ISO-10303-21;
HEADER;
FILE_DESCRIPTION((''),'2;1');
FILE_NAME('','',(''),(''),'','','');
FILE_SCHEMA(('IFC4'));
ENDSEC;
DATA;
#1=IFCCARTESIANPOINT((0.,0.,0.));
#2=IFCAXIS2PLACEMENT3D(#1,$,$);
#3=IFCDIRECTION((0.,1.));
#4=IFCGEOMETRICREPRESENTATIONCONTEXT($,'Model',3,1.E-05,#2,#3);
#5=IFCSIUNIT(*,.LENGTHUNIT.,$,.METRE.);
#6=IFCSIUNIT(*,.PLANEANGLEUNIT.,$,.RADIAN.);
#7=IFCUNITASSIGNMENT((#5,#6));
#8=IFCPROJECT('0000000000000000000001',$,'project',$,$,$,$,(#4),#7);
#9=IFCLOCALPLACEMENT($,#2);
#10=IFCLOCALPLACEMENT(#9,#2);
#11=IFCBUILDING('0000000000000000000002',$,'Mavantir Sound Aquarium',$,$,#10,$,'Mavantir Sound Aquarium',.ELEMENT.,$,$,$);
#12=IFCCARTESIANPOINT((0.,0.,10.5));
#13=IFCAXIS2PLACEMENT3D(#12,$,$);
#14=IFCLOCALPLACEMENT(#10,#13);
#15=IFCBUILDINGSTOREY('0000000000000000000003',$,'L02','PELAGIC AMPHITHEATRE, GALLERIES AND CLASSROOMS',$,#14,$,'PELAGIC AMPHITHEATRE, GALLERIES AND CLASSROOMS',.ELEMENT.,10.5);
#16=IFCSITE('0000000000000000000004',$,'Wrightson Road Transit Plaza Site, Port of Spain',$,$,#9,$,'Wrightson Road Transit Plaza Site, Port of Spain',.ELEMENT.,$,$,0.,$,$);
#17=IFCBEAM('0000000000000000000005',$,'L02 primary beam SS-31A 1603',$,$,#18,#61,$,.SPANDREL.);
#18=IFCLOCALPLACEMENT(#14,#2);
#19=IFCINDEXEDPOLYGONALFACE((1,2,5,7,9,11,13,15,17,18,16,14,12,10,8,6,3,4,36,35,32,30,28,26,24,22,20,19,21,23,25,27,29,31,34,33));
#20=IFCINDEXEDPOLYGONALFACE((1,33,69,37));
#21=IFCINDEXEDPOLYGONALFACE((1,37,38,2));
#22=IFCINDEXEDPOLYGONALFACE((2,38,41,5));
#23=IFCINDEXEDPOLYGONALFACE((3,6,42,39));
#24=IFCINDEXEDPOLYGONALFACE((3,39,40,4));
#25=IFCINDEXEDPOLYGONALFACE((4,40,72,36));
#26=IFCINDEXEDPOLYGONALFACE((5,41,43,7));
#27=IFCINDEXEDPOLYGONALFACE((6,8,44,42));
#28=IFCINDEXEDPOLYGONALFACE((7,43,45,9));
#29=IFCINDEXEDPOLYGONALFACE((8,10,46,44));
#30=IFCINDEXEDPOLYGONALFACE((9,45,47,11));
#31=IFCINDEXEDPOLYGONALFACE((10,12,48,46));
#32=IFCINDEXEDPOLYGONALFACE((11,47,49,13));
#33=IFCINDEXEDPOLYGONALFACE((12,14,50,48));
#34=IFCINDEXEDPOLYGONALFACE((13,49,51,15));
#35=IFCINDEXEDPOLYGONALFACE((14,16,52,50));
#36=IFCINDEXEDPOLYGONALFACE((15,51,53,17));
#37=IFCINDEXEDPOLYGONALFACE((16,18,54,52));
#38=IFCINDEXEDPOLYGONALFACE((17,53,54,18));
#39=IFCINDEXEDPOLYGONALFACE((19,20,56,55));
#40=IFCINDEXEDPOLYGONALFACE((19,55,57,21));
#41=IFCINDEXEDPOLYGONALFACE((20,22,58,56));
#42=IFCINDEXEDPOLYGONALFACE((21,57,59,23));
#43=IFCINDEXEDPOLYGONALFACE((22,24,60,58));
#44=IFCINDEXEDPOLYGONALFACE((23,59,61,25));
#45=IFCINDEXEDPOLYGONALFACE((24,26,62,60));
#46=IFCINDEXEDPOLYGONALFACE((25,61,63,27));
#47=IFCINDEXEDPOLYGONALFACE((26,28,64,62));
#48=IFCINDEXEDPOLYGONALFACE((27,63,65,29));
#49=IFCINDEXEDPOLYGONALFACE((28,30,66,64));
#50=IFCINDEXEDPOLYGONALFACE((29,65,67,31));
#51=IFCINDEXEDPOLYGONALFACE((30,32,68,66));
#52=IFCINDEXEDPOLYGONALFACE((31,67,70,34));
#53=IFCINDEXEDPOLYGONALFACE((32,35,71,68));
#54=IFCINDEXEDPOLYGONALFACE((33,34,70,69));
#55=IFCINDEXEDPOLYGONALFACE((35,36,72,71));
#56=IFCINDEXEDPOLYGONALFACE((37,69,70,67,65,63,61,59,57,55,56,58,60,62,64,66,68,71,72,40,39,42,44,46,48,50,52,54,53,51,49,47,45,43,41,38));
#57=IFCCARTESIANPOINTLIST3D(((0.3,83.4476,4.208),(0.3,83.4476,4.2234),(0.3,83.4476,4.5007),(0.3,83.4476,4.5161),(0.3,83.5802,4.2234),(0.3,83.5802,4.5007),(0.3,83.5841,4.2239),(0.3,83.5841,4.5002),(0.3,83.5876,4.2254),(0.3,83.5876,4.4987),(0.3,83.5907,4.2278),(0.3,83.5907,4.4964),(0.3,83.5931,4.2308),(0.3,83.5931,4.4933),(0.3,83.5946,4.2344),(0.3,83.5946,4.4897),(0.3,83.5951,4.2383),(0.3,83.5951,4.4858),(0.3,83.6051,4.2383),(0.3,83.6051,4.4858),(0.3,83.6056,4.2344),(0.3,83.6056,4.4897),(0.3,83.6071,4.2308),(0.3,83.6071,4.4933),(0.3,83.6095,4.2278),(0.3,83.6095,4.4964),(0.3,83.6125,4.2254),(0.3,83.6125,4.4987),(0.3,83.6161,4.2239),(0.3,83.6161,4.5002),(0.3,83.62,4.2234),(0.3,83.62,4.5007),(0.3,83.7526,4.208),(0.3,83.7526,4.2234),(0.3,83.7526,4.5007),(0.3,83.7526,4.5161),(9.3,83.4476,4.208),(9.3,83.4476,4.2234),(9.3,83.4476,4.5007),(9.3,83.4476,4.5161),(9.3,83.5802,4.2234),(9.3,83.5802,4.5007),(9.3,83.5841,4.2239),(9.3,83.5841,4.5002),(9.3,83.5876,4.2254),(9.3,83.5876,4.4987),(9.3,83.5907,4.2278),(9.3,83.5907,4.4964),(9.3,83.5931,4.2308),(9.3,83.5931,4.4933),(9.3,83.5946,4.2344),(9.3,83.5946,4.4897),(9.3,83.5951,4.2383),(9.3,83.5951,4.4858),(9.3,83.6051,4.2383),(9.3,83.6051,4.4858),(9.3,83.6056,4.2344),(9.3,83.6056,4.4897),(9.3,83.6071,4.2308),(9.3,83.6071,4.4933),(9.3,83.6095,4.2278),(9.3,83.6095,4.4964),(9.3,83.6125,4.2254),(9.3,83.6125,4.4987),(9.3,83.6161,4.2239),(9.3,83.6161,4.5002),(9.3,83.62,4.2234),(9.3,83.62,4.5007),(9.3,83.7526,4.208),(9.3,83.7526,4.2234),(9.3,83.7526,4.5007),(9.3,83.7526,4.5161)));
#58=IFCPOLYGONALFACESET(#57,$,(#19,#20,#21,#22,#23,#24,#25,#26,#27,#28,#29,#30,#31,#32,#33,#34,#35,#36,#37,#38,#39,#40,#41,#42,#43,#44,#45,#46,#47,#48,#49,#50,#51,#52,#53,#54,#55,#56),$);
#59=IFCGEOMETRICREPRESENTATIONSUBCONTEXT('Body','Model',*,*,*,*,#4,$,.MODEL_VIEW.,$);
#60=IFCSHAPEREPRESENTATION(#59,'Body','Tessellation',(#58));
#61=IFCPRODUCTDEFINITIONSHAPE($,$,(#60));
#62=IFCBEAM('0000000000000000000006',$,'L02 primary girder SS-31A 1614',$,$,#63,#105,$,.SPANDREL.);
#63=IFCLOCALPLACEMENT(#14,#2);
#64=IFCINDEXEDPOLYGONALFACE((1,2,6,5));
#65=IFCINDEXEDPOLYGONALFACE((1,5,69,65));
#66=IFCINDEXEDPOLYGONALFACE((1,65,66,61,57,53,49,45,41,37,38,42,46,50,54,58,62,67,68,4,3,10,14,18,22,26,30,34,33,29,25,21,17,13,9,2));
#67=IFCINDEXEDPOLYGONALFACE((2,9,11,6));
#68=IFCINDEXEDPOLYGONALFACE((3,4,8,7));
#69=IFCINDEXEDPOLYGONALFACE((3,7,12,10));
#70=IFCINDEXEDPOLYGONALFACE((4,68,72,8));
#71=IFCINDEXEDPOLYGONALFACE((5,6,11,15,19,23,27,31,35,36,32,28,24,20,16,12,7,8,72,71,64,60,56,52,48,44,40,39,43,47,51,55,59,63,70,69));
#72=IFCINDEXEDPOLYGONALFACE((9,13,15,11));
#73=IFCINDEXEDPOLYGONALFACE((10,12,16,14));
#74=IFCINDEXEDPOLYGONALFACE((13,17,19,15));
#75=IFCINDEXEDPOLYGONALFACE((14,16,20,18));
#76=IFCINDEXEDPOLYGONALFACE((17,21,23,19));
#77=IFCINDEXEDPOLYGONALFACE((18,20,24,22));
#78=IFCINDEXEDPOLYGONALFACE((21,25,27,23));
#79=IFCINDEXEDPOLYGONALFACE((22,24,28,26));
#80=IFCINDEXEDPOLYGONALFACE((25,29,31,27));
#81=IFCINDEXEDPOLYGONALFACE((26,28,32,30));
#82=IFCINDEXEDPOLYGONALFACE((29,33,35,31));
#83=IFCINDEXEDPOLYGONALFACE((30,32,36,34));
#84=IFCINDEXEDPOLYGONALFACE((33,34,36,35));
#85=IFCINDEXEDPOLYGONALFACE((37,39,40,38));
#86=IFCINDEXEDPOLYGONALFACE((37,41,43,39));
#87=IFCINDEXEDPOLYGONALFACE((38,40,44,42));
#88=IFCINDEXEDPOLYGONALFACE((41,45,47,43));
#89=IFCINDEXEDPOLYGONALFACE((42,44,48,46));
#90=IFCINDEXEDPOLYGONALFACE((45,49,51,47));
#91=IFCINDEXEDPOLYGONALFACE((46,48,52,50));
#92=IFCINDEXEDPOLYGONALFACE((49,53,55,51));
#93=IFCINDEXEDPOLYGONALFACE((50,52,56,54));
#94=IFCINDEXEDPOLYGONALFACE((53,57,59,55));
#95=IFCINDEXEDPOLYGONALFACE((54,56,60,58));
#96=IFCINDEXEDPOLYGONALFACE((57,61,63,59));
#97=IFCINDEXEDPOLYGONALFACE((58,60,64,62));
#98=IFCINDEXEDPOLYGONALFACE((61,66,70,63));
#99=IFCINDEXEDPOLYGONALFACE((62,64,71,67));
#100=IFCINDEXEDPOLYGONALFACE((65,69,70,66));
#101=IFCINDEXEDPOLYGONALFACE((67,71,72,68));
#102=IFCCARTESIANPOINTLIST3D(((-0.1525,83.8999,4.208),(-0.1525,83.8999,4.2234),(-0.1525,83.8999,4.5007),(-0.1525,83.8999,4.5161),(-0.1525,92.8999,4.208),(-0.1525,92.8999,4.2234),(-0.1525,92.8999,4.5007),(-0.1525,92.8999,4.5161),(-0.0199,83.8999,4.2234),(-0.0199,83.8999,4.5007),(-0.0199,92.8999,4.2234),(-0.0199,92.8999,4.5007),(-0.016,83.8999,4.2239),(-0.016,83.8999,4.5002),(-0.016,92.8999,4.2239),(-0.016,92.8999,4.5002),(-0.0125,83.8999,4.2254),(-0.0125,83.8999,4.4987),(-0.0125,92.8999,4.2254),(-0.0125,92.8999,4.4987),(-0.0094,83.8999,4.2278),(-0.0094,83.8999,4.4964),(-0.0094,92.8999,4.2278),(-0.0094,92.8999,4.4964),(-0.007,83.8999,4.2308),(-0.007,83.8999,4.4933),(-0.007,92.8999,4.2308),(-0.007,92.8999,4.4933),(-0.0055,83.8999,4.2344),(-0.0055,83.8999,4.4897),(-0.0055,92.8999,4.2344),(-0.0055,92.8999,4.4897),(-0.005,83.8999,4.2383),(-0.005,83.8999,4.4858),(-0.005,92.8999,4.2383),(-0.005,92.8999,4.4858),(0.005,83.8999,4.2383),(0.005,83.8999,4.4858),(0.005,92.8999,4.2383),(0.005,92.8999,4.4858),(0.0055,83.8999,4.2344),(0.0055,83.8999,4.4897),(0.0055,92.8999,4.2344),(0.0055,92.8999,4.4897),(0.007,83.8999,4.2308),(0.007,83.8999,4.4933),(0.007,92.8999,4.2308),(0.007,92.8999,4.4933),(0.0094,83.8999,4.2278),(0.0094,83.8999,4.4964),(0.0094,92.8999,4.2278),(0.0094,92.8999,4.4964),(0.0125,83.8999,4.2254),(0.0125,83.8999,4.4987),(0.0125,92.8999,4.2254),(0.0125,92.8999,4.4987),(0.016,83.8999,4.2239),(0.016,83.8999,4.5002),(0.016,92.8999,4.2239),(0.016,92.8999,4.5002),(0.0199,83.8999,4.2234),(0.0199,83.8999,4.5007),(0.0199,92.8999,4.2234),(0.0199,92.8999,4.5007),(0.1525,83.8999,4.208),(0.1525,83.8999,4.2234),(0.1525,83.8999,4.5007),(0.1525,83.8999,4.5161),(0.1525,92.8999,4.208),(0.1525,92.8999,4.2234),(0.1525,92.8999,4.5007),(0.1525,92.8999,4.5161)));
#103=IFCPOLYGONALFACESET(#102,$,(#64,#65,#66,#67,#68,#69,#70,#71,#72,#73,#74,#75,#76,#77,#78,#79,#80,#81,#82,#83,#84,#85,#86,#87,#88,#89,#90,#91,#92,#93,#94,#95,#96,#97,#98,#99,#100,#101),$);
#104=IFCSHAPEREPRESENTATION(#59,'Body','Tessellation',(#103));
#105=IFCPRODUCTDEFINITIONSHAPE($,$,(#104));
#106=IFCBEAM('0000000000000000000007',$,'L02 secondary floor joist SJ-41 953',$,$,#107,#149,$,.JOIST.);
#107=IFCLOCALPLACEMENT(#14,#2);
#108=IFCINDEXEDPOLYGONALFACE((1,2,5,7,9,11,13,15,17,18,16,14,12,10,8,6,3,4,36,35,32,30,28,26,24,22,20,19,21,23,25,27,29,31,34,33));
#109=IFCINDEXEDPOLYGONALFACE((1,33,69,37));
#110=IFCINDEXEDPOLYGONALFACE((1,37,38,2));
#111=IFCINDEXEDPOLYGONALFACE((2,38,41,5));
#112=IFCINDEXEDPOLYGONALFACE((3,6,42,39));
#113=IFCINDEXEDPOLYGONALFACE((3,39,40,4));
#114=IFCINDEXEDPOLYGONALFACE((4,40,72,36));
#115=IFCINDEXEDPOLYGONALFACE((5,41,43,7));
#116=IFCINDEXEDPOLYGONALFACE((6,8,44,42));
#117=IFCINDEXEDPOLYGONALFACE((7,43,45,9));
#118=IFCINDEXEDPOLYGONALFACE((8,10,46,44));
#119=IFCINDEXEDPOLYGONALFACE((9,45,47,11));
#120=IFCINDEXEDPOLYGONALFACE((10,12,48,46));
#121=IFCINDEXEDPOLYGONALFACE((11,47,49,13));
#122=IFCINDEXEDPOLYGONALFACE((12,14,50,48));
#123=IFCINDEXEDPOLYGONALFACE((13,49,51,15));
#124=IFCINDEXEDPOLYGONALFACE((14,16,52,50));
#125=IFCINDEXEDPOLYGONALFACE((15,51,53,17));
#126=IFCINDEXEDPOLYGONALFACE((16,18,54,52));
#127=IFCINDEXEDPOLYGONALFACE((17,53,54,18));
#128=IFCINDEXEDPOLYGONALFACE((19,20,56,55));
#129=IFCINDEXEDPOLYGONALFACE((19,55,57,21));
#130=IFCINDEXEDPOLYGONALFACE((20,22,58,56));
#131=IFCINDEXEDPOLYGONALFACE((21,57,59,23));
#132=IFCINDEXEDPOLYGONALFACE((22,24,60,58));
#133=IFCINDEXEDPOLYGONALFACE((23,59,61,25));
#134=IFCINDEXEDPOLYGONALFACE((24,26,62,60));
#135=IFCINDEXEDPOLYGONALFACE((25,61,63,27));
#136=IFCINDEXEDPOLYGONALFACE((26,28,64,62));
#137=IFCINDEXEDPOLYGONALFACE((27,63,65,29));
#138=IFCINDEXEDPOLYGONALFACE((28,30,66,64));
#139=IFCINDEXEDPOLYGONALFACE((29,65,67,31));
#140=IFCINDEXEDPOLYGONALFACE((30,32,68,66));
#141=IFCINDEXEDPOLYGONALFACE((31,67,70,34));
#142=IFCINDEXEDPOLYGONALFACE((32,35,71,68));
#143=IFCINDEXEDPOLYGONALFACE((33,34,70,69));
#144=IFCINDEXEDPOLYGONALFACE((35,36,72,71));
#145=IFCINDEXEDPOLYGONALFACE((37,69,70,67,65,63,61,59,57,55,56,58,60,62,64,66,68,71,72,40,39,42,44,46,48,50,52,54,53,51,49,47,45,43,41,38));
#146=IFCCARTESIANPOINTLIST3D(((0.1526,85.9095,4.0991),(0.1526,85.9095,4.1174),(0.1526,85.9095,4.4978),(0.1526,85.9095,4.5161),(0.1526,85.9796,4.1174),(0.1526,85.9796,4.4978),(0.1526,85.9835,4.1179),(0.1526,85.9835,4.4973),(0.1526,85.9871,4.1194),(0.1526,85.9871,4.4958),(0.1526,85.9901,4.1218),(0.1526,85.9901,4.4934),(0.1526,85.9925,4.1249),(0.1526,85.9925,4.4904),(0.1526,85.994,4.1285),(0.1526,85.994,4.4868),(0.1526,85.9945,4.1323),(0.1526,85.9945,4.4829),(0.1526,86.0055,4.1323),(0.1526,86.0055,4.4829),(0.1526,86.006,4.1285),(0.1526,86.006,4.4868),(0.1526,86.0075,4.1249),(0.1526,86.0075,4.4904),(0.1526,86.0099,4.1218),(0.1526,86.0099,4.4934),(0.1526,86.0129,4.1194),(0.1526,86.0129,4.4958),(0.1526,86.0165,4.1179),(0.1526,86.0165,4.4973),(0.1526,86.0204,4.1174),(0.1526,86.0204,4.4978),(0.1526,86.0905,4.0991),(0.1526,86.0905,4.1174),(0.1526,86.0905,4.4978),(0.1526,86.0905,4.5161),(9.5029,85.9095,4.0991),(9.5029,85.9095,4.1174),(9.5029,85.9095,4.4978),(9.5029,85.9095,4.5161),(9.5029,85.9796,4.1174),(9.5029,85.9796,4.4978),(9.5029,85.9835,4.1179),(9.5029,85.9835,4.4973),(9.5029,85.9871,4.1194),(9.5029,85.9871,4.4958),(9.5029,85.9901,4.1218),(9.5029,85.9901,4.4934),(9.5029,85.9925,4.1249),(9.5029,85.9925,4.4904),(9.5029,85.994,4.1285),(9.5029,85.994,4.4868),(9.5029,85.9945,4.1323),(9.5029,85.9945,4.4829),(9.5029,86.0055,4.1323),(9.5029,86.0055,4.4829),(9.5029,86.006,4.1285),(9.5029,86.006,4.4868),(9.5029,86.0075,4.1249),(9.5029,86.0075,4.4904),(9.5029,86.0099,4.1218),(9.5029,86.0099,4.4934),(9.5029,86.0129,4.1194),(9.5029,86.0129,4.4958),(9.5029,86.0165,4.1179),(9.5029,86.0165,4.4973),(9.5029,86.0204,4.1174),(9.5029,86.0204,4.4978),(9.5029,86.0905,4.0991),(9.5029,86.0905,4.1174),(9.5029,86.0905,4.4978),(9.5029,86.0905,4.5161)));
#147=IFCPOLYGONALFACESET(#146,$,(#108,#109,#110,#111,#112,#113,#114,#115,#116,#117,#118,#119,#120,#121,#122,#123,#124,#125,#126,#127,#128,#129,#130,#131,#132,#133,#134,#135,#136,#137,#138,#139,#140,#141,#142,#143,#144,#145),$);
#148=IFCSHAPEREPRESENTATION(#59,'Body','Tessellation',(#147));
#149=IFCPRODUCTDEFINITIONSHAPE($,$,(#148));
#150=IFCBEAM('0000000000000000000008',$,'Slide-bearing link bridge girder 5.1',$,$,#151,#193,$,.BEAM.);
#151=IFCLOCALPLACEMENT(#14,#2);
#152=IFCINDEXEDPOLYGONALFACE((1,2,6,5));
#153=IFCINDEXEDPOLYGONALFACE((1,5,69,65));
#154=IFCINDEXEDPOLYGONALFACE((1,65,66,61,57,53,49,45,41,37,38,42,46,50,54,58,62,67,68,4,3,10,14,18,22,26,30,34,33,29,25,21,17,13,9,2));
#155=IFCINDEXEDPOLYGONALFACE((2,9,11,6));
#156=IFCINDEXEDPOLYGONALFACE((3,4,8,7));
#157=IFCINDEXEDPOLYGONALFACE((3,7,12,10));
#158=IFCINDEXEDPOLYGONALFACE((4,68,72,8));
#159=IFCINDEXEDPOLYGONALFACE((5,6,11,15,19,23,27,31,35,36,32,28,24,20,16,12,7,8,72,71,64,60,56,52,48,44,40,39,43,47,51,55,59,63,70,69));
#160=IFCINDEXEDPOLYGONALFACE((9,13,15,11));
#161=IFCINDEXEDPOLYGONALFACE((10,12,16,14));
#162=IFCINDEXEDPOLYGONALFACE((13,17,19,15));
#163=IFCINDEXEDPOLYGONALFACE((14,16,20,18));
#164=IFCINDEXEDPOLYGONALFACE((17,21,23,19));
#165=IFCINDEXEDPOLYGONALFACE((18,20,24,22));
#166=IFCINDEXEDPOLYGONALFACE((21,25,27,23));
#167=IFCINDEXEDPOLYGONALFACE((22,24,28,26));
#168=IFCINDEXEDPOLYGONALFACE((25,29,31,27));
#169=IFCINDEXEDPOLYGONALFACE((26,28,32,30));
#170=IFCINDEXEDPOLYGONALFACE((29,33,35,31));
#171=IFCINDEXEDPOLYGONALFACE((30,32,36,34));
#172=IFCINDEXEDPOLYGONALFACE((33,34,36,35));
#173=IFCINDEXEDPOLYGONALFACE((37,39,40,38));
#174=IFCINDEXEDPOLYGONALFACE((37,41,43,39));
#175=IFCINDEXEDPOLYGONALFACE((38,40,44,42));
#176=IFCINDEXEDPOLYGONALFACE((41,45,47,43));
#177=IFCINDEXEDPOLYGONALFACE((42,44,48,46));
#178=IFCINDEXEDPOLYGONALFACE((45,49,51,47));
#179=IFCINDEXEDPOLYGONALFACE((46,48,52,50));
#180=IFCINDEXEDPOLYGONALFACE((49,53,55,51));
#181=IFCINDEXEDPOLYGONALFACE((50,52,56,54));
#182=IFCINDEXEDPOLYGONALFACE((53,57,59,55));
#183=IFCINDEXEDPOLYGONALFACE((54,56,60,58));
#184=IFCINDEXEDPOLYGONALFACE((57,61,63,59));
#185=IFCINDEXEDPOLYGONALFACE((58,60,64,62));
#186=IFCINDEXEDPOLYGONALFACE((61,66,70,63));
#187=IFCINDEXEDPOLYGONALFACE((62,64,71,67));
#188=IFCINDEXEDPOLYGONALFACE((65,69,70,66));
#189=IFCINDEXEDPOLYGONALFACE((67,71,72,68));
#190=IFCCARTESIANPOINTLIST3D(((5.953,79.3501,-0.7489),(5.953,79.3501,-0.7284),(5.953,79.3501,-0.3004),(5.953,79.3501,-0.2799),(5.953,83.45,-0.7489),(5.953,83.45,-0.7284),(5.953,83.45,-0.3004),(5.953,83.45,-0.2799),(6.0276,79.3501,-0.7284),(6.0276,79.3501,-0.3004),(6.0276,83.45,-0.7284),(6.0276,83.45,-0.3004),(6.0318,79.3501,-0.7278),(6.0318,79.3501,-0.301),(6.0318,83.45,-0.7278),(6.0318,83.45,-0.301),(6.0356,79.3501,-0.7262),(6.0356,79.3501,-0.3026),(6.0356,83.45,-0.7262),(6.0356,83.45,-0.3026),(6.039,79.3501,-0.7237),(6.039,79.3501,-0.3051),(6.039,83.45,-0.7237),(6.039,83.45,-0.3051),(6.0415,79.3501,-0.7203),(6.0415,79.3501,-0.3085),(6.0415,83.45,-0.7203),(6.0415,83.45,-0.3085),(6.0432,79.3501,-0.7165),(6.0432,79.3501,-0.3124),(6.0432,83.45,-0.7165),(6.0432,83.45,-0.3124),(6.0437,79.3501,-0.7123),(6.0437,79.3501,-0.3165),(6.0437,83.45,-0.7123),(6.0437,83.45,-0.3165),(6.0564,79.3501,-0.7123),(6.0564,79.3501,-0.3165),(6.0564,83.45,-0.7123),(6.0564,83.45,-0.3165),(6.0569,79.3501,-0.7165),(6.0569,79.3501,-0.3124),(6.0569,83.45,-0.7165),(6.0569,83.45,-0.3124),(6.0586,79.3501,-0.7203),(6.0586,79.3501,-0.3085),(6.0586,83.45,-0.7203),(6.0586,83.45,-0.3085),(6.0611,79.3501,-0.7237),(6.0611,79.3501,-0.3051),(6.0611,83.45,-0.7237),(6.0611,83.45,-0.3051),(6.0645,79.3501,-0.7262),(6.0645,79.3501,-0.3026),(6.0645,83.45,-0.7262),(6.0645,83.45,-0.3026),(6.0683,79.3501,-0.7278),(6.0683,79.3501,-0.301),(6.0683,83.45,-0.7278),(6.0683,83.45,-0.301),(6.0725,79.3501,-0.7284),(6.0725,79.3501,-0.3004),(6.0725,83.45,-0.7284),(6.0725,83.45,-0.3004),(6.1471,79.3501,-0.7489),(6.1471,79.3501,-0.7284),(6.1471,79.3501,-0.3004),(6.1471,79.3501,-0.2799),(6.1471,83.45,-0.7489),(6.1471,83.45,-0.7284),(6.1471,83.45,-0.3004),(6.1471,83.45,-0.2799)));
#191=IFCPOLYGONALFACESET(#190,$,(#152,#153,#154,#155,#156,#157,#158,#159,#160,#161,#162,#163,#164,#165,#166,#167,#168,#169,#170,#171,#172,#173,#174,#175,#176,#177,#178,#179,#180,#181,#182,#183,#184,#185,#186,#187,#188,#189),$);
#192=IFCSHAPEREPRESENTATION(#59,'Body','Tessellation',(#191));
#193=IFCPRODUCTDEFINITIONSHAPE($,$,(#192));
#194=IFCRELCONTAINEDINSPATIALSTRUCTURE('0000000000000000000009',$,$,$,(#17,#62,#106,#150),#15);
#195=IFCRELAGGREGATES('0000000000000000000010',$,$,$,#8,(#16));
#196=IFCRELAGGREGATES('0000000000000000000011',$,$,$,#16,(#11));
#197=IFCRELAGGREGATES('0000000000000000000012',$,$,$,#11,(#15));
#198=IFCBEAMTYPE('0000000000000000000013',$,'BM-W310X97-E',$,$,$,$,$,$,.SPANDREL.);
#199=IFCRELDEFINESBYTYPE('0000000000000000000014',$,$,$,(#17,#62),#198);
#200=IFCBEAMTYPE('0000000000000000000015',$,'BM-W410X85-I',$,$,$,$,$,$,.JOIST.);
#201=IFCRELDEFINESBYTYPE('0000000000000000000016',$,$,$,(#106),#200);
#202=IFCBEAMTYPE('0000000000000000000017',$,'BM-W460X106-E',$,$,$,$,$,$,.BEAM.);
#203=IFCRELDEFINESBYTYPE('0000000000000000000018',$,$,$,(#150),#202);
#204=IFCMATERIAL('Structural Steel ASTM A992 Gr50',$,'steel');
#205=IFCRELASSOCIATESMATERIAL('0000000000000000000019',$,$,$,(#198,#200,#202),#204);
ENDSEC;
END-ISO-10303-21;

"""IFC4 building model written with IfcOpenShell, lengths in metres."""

from ifc_helpers import new_model, si_unit, direction, frame, origin, origin_2d, place, context, subcontext, project, spatial, i_section, extrude, material, material_profile, profile_set, type_object, element, save


model = new_model("IFC4")

# Units and contexts
model_context = context("Model", 3, precision=1e-05, world=origin(), true_north=direction((0.0, 1.0)))
body_context = subcontext(model_context, "Body", "Model", "MODEL_VIEW")
ifc_project = project(units=[si_unit("LENGTHUNIT", "METRE"), si_unit("PLANEANGLEUNIT", "RADIAN")], contexts=[model_context])

# Site, building, storey
site_placement = place(None, origin())
site = spatial("IfcSite", under=ifc_project, at=site_placement, Name="Wrightson Road Transit Plaza Site, Port of Spain", LongName="Wrightson Road Transit Plaza Site, Port of Spain", CompositionType="ELEMENT", RefElevation=0.0)
building_placement = place(site_placement, origin())
building = spatial("IfcBuilding", under=site, at=building_placement, Name="Mavantir Sound Aquarium", LongName="Mavantir Sound Aquarium", CompositionType="ELEMENT")
storey_placement = place(building_placement, frame((0.0, 0.0, 10.5)))
storey = spatial("IfcBuildingStorey", under=building, at=storey_placement, Name="L02", Description="PELAGIC AMPHITHEATRE, GALLERIES AND CLASSROOMS", LongName="PELAGIC AMPHITHEATRE, GALLERIES AND CLASSROOMS", CompositionType="ELEMENT", Elevation=10.5)

# Beams
ifc_material_1 = material(Name="Structural Steel ASTM A992 Gr50", Category="steel")
ifc_material_profile_1 = material_profile(ifc_material_1, i_section(OverallWidth=0.3049, OverallDepth=0.3081, WebThickness=0.01, FlangeThickness=0.0154, FilletRadius=0.0149, at=origin_2d()), Name="W310X97")
ifc_profile_set_1 = profile_set([ifc_material_profile_1], Name="Structural Steel ASTM A992 Gr50")
beam_type_1 = type_object("IfcBeamType", Name="BM-W310X97-E", PredefinedType="SPANDREL", material=ifc_profile_set_1)
for number, where, z_axis, x_axis, name in (
    (1, (0.3, 83.6001, 4.3621), (1.0, 0.0, 0.0), (0.0, 1.0, 0.0), "L02 primary beam SS-31A 1603"),
    (2, (0.0, 83.8999, 4.3621), (0.0, 1.0, 0.0), (-1.0, 0.0, 0.0), "L02 primary girder SS-31A 1614"),
):
    element("IfcBeam", number, at=place(storey_placement, frame(where, z_axis=z_axis, x_axis=x_axis)), inside=storey, type_object=beam_type_1, Name=name, PredefinedType="SPANDREL", context=body_context, shape_type="SweptSolid", body=[
        extrude(i_section(OverallWidth=0.3049, OverallDepth=0.3081, WebThickness=0.01, FlangeThickness=0.0154, FilletRadius=0.0149, at=origin_2d()), origin(), (0.0, 0.0, 1.0), 9.0),
    ])
ifc_material_profile_2 = material_profile(ifc_material_1, i_section(OverallWidth=0.1809, OverallDepth=0.417, WebThickness=0.011, FlangeThickness=0.0183, FilletRadius=0.0149, at=origin_2d()), Name="W410X85")
ifc_profile_set_2 = profile_set([ifc_material_profile_2], Name="Structural Steel ASTM A992 Gr50")
beam_type_2 = type_object("IfcBeamType", Name="BM-W410X85-I", PredefinedType="JOIST", material=ifc_profile_set_2)
beam_1_placement = place(storey_placement, frame((0.1526, 86.0, 4.3076), z_axis=(1.0, 0.0, 0.0), x_axis=(0.0, 1.0, 0.0)))
element("IfcBeam", 3, at=beam_1_placement, inside=storey, type_object=beam_type_2, Name="L02 secondary floor joist SJ-41 953", PredefinedType="JOIST", context=body_context, shape_type="SweptSolid", body=[
    extrude(i_section(OverallWidth=0.1809, OverallDepth=0.417, WebThickness=0.011, FlangeThickness=0.0183, FilletRadius=0.0149, at=origin_2d()), origin(), (0.0, 0.0, 1.0), 9.3503),
])
ifc_material_profile_3 = material_profile(ifc_material_1, i_section(OverallWidth=0.1941, OverallDepth=0.469, WebThickness=0.0127, FlangeThickness=0.0205, FilletRadius=0.0161, at=origin_2d()), Name="W460X106")
ifc_profile_set_3 = profile_set([ifc_material_profile_3], Name="Structural Steel ASTM A992 Gr50")
beam_type_3 = type_object("IfcBeamType", Name="BM-W460X106-E", PredefinedType="BEAM", material=ifc_profile_set_3)
beam_2_placement = place(storey_placement, frame((6.05, 79.3501, -0.5144), z_axis=(0.0, 1.0, 0.0), x_axis=(-1.0, 0.0, 0.0)))
element("IfcBeam", 4, at=beam_2_placement, inside=storey, type_object=beam_type_3, Name="Slide-bearing link bridge girder 5.1", PredefinedType="BEAM", context=body_context, shape_type="SweptSolid", body=[
    extrude(i_section(OverallWidth=0.1941, OverallDepth=0.469, WebThickness=0.0127, FlangeThickness=0.0205, FilletRadius=0.0161, at=origin_2d()), origin(), (0.0, 0.0, 1.0), 4.0999),
])

save(model, "model.ifc")
